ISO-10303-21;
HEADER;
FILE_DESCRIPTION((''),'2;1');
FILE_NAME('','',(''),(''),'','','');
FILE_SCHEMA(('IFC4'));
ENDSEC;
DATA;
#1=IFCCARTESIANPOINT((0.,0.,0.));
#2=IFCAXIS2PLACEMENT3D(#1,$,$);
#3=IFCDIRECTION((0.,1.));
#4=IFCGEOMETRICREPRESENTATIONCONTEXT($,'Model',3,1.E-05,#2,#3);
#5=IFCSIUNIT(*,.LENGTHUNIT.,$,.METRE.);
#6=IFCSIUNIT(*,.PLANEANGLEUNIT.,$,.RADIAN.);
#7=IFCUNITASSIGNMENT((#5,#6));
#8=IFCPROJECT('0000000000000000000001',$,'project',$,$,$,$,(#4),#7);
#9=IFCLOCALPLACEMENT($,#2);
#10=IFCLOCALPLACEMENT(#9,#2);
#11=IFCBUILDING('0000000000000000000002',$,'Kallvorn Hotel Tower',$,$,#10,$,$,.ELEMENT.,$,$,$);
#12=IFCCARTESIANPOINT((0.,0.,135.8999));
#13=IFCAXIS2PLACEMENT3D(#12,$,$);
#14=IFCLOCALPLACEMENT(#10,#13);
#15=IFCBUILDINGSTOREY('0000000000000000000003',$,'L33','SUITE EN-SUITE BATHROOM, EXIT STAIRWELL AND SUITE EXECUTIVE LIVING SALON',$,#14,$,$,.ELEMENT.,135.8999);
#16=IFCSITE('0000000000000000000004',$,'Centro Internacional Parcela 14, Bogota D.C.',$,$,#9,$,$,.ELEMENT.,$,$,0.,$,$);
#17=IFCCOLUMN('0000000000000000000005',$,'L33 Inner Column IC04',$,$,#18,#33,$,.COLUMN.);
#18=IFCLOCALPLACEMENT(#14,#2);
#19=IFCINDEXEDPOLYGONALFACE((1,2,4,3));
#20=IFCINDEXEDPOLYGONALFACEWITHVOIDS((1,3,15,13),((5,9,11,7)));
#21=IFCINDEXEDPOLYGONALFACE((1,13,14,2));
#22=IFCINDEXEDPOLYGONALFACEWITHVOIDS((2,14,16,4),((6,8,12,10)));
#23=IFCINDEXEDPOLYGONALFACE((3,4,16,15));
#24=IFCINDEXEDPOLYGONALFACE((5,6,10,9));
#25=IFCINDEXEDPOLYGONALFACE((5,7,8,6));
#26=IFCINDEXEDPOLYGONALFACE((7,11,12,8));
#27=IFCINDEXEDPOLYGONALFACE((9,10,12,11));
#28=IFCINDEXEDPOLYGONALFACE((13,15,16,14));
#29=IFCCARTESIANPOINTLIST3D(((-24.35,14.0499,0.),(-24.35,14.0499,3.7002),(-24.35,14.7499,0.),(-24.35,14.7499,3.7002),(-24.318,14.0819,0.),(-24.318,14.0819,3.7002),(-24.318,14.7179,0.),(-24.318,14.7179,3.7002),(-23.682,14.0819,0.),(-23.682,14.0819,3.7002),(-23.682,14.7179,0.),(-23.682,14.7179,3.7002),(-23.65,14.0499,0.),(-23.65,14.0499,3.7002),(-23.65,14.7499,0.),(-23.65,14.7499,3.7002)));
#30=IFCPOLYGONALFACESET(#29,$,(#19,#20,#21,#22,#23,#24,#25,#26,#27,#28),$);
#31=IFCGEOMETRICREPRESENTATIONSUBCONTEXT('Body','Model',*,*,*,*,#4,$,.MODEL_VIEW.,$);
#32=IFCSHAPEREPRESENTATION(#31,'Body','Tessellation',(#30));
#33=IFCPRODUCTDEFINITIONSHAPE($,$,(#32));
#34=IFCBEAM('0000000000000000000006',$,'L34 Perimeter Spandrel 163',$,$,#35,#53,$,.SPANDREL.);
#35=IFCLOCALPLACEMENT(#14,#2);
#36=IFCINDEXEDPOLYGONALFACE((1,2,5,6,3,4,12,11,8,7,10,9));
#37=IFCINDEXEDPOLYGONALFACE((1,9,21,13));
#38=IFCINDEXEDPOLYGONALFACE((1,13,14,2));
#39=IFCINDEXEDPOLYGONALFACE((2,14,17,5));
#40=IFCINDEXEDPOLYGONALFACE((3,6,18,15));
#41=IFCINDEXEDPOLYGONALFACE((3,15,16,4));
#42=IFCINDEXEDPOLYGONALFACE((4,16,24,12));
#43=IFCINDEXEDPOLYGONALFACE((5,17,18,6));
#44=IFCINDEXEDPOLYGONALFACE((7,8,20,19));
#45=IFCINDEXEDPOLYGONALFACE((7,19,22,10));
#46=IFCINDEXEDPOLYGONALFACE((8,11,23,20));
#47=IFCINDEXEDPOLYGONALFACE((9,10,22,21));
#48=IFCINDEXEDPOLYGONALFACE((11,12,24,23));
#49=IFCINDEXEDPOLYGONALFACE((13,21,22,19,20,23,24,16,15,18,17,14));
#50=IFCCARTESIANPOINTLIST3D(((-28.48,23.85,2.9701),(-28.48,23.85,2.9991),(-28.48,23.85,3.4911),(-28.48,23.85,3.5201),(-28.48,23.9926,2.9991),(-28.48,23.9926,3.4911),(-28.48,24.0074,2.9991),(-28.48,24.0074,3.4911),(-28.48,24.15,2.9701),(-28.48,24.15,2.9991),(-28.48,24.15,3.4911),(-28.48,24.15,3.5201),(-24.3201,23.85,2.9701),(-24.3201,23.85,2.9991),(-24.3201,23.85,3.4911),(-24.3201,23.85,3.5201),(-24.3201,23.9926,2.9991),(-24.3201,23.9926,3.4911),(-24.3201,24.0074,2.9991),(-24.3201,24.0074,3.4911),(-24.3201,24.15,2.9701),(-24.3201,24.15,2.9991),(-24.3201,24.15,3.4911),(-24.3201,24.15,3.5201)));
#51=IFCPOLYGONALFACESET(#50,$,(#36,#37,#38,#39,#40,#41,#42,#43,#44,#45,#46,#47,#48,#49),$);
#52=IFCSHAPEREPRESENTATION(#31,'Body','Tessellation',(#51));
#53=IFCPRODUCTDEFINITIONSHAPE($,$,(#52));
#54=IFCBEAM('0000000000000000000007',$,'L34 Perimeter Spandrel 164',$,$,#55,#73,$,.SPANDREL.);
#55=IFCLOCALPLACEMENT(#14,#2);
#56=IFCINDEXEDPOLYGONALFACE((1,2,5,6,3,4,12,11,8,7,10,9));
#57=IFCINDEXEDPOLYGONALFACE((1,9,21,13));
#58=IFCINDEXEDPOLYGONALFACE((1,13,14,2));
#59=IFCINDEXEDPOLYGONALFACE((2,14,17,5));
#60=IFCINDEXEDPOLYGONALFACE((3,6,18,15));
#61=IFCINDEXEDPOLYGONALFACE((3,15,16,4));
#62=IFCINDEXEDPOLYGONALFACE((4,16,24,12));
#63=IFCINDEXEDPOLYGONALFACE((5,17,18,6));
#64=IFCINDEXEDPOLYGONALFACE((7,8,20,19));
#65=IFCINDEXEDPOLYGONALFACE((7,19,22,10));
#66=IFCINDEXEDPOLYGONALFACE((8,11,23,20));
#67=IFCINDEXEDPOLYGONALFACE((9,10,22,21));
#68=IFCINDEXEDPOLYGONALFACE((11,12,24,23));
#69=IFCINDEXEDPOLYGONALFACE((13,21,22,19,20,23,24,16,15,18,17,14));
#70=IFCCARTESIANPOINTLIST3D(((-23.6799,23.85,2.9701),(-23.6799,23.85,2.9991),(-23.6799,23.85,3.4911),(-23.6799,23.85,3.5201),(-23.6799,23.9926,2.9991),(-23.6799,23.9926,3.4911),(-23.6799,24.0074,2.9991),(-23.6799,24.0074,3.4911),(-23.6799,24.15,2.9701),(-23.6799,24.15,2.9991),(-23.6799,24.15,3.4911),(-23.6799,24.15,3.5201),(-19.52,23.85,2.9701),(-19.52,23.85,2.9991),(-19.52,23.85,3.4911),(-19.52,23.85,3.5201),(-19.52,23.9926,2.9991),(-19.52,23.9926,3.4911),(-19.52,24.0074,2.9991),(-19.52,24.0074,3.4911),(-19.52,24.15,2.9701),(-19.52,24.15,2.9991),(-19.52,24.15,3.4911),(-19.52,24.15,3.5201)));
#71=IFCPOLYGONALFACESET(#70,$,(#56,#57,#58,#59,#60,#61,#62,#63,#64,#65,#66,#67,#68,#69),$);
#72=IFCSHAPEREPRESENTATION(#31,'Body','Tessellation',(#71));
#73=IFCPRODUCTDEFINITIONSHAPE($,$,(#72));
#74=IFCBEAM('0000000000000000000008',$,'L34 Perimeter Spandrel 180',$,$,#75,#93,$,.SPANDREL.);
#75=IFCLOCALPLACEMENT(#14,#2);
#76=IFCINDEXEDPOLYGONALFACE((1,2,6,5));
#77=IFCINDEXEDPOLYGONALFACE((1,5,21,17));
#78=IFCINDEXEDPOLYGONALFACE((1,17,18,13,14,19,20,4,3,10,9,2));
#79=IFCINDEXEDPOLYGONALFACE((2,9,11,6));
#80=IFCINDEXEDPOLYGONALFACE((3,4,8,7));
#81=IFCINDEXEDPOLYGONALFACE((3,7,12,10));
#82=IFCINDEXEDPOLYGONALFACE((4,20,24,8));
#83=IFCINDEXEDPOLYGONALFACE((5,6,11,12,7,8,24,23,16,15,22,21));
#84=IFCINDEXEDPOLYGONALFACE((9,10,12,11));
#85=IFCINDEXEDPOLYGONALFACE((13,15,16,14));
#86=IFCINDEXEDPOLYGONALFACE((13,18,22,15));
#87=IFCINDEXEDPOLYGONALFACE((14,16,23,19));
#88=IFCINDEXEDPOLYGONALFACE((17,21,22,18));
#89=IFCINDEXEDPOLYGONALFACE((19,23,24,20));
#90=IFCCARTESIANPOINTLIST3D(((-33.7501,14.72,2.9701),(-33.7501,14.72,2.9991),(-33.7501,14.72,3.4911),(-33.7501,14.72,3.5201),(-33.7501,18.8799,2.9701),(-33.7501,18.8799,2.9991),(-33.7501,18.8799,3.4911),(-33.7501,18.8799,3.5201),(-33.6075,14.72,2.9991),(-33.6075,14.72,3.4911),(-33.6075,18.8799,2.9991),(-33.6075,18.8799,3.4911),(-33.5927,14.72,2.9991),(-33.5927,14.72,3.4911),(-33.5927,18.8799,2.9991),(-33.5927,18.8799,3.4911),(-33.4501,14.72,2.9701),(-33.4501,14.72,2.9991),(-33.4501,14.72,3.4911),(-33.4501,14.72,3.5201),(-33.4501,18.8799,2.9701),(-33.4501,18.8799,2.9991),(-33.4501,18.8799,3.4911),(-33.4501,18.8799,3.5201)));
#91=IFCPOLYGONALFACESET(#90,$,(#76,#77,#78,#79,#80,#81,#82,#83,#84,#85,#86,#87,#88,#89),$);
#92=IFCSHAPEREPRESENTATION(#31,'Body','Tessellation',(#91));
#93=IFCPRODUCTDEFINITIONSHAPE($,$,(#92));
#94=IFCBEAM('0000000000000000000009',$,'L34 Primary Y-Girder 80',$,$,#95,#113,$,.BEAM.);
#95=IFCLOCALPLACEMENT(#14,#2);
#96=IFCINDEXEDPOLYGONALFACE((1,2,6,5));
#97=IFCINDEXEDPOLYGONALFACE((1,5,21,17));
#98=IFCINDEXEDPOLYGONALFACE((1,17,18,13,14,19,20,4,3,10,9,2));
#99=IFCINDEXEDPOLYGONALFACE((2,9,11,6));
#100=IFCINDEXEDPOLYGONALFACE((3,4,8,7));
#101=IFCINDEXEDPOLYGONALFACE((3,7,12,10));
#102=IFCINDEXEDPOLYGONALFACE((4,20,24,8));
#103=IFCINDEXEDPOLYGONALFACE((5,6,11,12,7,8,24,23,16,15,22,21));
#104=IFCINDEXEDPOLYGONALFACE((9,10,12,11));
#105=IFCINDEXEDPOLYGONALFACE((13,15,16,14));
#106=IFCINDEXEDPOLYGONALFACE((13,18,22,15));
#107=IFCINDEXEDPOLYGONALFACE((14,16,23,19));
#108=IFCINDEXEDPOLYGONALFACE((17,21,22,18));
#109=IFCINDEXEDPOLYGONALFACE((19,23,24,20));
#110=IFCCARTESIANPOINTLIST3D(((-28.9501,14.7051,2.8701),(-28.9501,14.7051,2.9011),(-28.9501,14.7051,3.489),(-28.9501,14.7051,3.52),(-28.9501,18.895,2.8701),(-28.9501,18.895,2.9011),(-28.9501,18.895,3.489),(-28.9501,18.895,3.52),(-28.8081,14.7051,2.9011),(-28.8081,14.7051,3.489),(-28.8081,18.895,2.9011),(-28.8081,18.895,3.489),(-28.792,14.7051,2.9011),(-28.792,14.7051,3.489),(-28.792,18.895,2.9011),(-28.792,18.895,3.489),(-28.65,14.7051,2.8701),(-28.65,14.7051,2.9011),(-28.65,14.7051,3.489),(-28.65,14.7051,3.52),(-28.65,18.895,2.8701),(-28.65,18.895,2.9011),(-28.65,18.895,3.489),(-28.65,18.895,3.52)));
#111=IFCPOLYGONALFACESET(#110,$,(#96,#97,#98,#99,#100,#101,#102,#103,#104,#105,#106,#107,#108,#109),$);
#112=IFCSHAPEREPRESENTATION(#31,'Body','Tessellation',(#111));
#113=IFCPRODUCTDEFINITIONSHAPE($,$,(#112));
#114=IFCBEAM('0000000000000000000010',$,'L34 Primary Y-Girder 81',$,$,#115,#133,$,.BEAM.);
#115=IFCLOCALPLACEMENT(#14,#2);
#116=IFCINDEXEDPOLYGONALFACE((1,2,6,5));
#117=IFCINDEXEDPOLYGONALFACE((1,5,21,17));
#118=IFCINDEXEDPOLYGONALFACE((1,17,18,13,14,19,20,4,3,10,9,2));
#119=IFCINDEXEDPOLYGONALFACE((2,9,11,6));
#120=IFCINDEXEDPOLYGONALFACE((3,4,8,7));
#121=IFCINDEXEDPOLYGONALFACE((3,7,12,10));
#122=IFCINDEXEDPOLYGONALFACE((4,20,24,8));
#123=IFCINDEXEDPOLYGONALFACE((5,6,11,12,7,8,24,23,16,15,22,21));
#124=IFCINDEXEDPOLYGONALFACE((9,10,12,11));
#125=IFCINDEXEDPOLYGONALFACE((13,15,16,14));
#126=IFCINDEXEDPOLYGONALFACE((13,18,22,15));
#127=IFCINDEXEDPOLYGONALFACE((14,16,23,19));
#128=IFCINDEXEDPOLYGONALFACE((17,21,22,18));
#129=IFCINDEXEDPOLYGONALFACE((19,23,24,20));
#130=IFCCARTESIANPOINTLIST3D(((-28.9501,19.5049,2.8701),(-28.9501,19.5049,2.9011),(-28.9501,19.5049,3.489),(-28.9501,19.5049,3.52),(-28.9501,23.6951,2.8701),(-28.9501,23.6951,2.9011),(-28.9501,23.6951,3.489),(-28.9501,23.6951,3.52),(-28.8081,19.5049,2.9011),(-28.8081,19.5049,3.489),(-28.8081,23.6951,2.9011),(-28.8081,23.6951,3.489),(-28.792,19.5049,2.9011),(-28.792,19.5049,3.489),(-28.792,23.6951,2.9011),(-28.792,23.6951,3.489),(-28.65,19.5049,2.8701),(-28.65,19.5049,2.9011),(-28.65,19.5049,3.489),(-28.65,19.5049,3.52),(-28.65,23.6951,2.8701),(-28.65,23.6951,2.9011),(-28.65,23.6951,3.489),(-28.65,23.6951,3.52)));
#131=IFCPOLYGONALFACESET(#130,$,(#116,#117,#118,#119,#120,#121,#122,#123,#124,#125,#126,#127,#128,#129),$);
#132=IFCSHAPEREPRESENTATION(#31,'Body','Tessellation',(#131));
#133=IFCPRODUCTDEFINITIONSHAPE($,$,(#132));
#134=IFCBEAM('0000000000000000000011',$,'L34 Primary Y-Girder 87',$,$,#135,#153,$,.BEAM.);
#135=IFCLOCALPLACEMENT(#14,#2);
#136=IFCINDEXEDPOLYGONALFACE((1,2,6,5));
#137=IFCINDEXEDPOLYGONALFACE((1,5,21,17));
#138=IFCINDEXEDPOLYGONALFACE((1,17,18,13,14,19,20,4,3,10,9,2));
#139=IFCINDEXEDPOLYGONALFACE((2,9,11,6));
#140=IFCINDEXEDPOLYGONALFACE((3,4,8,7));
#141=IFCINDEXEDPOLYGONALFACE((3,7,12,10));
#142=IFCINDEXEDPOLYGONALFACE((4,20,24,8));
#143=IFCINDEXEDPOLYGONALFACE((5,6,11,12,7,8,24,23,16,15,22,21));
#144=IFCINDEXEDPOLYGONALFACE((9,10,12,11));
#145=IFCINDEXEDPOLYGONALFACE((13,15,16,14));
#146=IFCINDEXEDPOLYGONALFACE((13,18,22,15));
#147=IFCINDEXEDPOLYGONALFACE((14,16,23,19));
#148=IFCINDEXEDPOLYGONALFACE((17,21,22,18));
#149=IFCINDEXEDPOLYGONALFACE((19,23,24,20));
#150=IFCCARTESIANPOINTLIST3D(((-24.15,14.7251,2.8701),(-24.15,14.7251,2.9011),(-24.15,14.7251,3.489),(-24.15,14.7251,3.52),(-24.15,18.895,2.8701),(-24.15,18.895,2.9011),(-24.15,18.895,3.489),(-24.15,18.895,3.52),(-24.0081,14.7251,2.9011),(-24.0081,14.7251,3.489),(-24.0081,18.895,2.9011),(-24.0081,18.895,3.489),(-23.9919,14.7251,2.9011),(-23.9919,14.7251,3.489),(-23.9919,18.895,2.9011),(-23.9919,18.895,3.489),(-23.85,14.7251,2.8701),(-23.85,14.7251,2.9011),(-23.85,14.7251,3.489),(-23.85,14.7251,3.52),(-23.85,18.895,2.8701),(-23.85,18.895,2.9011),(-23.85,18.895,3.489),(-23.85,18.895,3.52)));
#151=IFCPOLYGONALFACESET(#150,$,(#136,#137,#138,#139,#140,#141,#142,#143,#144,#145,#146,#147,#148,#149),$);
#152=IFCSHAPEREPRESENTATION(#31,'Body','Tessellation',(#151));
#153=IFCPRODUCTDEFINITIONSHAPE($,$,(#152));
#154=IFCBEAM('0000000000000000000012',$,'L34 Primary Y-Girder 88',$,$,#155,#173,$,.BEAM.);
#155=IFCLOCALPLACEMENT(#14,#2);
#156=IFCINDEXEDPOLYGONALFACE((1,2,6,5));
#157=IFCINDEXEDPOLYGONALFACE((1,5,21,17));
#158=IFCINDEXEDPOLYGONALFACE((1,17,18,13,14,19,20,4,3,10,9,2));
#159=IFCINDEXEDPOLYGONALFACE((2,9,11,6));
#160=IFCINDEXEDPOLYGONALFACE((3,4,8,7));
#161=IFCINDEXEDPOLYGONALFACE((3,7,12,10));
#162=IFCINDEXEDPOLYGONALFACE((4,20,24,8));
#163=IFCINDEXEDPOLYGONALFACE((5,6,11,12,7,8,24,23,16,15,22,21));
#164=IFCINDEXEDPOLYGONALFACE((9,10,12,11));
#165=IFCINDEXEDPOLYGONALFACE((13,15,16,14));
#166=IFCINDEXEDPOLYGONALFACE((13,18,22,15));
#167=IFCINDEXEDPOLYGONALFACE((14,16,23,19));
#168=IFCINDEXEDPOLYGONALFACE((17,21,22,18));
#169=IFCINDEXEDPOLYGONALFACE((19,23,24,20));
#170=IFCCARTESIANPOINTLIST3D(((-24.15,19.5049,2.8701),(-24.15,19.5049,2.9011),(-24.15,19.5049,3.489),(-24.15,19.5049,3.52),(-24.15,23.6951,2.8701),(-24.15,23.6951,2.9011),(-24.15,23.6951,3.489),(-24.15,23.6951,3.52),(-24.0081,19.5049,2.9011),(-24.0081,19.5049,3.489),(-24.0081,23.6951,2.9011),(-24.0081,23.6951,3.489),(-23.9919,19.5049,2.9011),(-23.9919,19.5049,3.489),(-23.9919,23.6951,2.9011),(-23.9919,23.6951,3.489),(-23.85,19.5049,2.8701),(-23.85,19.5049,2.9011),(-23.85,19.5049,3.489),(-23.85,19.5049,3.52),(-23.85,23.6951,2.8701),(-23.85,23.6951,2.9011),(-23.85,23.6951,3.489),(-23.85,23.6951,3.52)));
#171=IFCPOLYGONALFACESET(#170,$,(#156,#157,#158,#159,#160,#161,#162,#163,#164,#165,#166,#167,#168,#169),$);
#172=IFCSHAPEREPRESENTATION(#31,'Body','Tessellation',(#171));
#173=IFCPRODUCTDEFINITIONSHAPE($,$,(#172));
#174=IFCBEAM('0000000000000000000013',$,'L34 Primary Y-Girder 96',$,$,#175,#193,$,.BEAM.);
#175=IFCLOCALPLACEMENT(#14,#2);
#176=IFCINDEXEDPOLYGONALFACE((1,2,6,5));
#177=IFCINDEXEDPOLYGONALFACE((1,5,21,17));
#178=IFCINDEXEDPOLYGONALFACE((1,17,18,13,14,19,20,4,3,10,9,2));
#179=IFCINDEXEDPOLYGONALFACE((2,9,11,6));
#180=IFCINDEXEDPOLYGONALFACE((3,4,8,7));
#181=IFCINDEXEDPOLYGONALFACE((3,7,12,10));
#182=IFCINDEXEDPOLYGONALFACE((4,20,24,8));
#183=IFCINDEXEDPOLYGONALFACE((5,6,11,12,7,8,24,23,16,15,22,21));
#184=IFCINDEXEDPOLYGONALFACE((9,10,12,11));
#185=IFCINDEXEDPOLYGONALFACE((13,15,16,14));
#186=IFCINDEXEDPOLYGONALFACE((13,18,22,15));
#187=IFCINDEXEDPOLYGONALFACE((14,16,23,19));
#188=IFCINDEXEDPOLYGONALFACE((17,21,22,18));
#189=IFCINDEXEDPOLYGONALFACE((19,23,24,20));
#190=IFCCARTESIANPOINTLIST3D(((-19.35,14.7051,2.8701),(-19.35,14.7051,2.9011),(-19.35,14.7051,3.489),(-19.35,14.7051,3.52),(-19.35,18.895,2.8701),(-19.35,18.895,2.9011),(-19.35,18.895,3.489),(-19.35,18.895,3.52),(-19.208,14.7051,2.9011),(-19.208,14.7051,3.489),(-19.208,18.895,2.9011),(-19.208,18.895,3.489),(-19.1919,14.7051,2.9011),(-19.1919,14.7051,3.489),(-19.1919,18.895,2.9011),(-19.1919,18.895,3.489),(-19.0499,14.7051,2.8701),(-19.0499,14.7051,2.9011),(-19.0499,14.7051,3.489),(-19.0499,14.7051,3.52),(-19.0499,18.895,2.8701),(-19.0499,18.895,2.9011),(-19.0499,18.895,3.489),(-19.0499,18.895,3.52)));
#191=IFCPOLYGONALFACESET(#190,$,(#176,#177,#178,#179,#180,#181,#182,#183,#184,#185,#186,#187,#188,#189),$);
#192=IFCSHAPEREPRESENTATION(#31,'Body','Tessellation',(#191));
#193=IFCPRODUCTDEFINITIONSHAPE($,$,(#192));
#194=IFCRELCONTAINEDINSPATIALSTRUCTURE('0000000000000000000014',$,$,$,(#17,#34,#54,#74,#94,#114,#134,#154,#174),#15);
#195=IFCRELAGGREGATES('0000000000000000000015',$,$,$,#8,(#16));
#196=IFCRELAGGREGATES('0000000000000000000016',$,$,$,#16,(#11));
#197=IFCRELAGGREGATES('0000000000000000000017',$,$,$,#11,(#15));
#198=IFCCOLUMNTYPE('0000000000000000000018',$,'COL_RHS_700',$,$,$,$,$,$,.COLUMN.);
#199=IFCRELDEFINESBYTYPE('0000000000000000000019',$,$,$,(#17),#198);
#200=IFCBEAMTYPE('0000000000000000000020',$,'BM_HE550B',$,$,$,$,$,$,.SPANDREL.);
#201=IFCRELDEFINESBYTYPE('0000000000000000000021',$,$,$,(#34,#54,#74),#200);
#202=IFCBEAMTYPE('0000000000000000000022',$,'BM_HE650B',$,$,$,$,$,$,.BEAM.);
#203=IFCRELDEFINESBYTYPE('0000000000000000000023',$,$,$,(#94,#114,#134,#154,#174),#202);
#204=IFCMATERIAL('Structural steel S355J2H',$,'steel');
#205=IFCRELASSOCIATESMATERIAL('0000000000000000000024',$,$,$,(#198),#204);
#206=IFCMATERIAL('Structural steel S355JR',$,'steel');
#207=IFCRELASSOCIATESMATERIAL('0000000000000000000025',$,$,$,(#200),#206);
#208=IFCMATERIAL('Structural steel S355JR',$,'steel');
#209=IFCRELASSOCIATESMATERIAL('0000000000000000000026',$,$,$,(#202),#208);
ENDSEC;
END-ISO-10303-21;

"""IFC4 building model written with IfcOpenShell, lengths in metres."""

from ifc_helpers import new_model, si_unit, direction, frame, origin, origin_2d, place, context, subcontext, project, spatial, hollow_rectangle, i_section, extrude, material, material_profile, profile_set, type_object, element, save


model = new_model("IFC4")

# Units and contexts
model_context = context("Model", 3, precision=1e-05, world=origin(), true_north=direction((0.0, 1.0)))
body_context = subcontext(model_context, "Body", "Model", "MODEL_VIEW")
ifc_project = project(units=[si_unit("LENGTHUNIT", "METRE"), si_unit("PLANEANGLEUNIT", "RADIAN")], contexts=[model_context])

# Site, building, storey
site_placement = place(None, origin())
site = spatial("IfcSite", under=ifc_project, at=site_placement, Name="Centro Internacional Parcela 14, Bogota D.C.", CompositionType="ELEMENT", RefElevation=0.0)
building_placement = place(site_placement, origin())
building = spatial("IfcBuilding", under=site, at=building_placement, Name="Kallvorn Hotel Tower", CompositionType="ELEMENT")
storey_placement = place(building_placement, frame((0.0, 0.0, 135.8999)))
storey = spatial("IfcBuildingStorey", under=building, at=storey_placement, Name="L33", Description="SUITE EN-SUITE BATHROOM, EXIT STAIRWELL AND SUITE EXECUTIVE LIVING SALON", CompositionType="ELEMENT", Elevation=135.8999)

# Column
ifc_material_1 = material(Name="Structural steel S355J2H", Category="steel")
ifc_material_profile_1 = material_profile(ifc_material_1, hollow_rectangle(XDim=0.7, YDim=0.7, WallThickness=0.032, at=origin_2d()), Name="RHS 700x700x32")
ifc_profile_set_1 = profile_set([ifc_material_profile_1], Name="Structural steel S355J2H")
column_type_1 = type_object("IfcColumnType", Name="COL_RHS_700", PredefinedType="COLUMN", material=ifc_profile_set_1)
column_placement = place(storey_placement, frame((-24.0, 14.3999, 0.0), z_axis=(0.0, 0.0, 1.0), x_axis=(1.0, 0.0, 0.0)))
element("IfcColumn", 1, at=column_placement, inside=storey, type_object=column_type_1, Name="L33 Inner Column IC04", PredefinedType="COLUMN", context=body_context, shape_type="SweptSolid", body=[
    extrude(hollow_rectangle(XDim=0.7, YDim=0.7, WallThickness=0.032, at=origin_2d()), origin(), (0.0, 0.0, 1.0), 3.7002),
])

# Beams
ifc_material_2 = material(Name="Structural steel S355JR", Category="steel")
ifc_material_profile_2 = material_profile(ifc_material_2, i_section(OverallWidth=0.3, OverallDepth=0.55, WebThickness=0.0149, FlangeThickness=0.0291, at=origin_2d()), Name="HE 550 B")
ifc_profile_set_2 = profile_set([ifc_material_profile_2], Name="Structural steel S355JR")
beam_type_1 = type_object("IfcBeamType", Name="BM_HE550B", PredefinedType="SPANDREL", material=ifc_profile_set_2)
for number, where, z_axis, x_axis, name in (
    (2, (-28.48, 24.0, 3.2451), (1.0, 0.0, 0.0), (0.0, 1.0, 0.0), "L34 Perimeter Spandrel 163"),
    (3, (-23.6799, 24.0, 3.2451), (1.0, 0.0, 0.0), (0.0, 1.0, 0.0), "L34 Perimeter Spandrel 164"),
    (4, (-33.6001, 14.72, 3.2451), (0.0, 1.0, 0.0), (-1.0, 0.0, 0.0), "L34 Perimeter Spandrel 180"),
):
    element("IfcBeam", number, at=place(storey_placement, frame(where, z_axis=z_axis, x_axis=x_axis)), inside=storey, type_object=beam_type_1, Name=name, PredefinedType="SPANDREL", context=body_context, shape_type="SweptSolid", body=[
        extrude(i_section(OverallWidth=0.3, OverallDepth=0.55, WebThickness=0.0149, FlangeThickness=0.0291, at=origin_2d()), origin(), (0.0, 0.0, 1.0), 4.1599),
    ])
ifc_material_3 = material(Name="Structural steel S355JR", Category="steel")
ifc_material_profile_3 = material_profile(ifc_material_3, i_section(OverallWidth=0.3, OverallDepth=0.6499, WebThickness=0.0161, FlangeThickness=0.031, at=origin_2d()), Name="HE 650 B")
ifc_profile_set_3 = profile_set([ifc_material_profile_3], Name="Structural steel S355JR")
beam_type_2 = type_object("IfcBeamType", Name="BM_HE650B", PredefinedType="BEAM", material=ifc_profile_set_3)
beam_1_placement = place(storey_placement, frame((-28.8, 14.7051, 3.1951), z_axis=(0.0, 1.0, 0.0), x_axis=(-1.0, 0.0, 0.0)))
element("IfcBeam", 5, at=beam_1_placement, inside=storey, type_object=beam_type_2, Name="L34 Primary Y-Girder 80", PredefinedType="BEAM", context=body_context, shape_type="SweptSolid", body=[
    extrude(i_section(OverallWidth=0.3, OverallDepth=0.6499, WebThickness=0.0161, FlangeThickness=0.031, at=origin_2d()), origin(), (0.0, 0.0, 1.0), 4.1899),
])
beam_2_placement = place(storey_placement, frame((-28.8, 19.5049, 3.1951), z_axis=(0.0, 1.0, 0.0), x_axis=(-1.0, 0.0, 0.0)))
element("IfcBeam", 6, at=beam_2_placement, inside=storey, type_object=beam_type_2, Name="L34 Primary Y-Girder 81", PredefinedType="BEAM", context=body_context, shape_type="SweptSolid", body=[
    extrude(i_section(OverallWidth=0.3, OverallDepth=0.6499, WebThickness=0.0161, FlangeThickness=0.031, at=origin_2d()), origin(), (0.0, 0.0, 1.0), 4.1902),
])
beam_3_placement = place(storey_placement, frame((-24.0, 14.7251, 3.1951), z_axis=(0.0, 1.0, 0.0), x_axis=(-1.0, 0.0, 0.0)))
element("IfcBeam", 7, at=beam_3_placement, inside=storey, type_object=beam_type_2, Name="L34 Primary Y-Girder 87", PredefinedType="BEAM", context=body_context, shape_type="SweptSolid", body=[
    extrude(i_section(OverallWidth=0.3, OverallDepth=0.6499, WebThickness=0.0161, FlangeThickness=0.031, at=origin_2d()), origin(), (0.0, 0.0, 1.0), 4.1699),
])
beam_4_placement = place(storey_placement, frame((-24.0, 19.5049, 3.1951), z_axis=(0.0, 1.0, 0.0), x_axis=(-1.0, 0.0, 0.0)))
element("IfcBeam", 8, at=beam_4_placement, inside=storey, type_object=beam_type_2, Name="L34 Primary Y-Girder 88", PredefinedType="BEAM", context=body_context, shape_type="SweptSolid", body=[
    extrude(i_section(OverallWidth=0.3, OverallDepth=0.6499, WebThickness=0.0161, FlangeThickness=0.031, at=origin_2d()), origin(), (0.0, 0.0, 1.0), 4.1902),
])
beam_5_placement = place(storey_placement, frame((-19.2, 14.7051, 3.1951), z_axis=(0.0, 1.0, 0.0), x_axis=(-1.0, 0.0, 0.0)))
element("IfcBeam", 9, at=beam_5_placement, inside=storey, type_object=beam_type_2, Name="L34 Primary Y-Girder 96", PredefinedType="BEAM", context=body_context, shape_type="SweptSolid", body=[
    extrude(i_section(OverallWidth=0.3, OverallDepth=0.6499, WebThickness=0.0161, FlangeThickness=0.031, at=origin_2d()), origin(), (0.0, 0.0, 1.0), 4.1899),
])

save(model, "model.ifc")
